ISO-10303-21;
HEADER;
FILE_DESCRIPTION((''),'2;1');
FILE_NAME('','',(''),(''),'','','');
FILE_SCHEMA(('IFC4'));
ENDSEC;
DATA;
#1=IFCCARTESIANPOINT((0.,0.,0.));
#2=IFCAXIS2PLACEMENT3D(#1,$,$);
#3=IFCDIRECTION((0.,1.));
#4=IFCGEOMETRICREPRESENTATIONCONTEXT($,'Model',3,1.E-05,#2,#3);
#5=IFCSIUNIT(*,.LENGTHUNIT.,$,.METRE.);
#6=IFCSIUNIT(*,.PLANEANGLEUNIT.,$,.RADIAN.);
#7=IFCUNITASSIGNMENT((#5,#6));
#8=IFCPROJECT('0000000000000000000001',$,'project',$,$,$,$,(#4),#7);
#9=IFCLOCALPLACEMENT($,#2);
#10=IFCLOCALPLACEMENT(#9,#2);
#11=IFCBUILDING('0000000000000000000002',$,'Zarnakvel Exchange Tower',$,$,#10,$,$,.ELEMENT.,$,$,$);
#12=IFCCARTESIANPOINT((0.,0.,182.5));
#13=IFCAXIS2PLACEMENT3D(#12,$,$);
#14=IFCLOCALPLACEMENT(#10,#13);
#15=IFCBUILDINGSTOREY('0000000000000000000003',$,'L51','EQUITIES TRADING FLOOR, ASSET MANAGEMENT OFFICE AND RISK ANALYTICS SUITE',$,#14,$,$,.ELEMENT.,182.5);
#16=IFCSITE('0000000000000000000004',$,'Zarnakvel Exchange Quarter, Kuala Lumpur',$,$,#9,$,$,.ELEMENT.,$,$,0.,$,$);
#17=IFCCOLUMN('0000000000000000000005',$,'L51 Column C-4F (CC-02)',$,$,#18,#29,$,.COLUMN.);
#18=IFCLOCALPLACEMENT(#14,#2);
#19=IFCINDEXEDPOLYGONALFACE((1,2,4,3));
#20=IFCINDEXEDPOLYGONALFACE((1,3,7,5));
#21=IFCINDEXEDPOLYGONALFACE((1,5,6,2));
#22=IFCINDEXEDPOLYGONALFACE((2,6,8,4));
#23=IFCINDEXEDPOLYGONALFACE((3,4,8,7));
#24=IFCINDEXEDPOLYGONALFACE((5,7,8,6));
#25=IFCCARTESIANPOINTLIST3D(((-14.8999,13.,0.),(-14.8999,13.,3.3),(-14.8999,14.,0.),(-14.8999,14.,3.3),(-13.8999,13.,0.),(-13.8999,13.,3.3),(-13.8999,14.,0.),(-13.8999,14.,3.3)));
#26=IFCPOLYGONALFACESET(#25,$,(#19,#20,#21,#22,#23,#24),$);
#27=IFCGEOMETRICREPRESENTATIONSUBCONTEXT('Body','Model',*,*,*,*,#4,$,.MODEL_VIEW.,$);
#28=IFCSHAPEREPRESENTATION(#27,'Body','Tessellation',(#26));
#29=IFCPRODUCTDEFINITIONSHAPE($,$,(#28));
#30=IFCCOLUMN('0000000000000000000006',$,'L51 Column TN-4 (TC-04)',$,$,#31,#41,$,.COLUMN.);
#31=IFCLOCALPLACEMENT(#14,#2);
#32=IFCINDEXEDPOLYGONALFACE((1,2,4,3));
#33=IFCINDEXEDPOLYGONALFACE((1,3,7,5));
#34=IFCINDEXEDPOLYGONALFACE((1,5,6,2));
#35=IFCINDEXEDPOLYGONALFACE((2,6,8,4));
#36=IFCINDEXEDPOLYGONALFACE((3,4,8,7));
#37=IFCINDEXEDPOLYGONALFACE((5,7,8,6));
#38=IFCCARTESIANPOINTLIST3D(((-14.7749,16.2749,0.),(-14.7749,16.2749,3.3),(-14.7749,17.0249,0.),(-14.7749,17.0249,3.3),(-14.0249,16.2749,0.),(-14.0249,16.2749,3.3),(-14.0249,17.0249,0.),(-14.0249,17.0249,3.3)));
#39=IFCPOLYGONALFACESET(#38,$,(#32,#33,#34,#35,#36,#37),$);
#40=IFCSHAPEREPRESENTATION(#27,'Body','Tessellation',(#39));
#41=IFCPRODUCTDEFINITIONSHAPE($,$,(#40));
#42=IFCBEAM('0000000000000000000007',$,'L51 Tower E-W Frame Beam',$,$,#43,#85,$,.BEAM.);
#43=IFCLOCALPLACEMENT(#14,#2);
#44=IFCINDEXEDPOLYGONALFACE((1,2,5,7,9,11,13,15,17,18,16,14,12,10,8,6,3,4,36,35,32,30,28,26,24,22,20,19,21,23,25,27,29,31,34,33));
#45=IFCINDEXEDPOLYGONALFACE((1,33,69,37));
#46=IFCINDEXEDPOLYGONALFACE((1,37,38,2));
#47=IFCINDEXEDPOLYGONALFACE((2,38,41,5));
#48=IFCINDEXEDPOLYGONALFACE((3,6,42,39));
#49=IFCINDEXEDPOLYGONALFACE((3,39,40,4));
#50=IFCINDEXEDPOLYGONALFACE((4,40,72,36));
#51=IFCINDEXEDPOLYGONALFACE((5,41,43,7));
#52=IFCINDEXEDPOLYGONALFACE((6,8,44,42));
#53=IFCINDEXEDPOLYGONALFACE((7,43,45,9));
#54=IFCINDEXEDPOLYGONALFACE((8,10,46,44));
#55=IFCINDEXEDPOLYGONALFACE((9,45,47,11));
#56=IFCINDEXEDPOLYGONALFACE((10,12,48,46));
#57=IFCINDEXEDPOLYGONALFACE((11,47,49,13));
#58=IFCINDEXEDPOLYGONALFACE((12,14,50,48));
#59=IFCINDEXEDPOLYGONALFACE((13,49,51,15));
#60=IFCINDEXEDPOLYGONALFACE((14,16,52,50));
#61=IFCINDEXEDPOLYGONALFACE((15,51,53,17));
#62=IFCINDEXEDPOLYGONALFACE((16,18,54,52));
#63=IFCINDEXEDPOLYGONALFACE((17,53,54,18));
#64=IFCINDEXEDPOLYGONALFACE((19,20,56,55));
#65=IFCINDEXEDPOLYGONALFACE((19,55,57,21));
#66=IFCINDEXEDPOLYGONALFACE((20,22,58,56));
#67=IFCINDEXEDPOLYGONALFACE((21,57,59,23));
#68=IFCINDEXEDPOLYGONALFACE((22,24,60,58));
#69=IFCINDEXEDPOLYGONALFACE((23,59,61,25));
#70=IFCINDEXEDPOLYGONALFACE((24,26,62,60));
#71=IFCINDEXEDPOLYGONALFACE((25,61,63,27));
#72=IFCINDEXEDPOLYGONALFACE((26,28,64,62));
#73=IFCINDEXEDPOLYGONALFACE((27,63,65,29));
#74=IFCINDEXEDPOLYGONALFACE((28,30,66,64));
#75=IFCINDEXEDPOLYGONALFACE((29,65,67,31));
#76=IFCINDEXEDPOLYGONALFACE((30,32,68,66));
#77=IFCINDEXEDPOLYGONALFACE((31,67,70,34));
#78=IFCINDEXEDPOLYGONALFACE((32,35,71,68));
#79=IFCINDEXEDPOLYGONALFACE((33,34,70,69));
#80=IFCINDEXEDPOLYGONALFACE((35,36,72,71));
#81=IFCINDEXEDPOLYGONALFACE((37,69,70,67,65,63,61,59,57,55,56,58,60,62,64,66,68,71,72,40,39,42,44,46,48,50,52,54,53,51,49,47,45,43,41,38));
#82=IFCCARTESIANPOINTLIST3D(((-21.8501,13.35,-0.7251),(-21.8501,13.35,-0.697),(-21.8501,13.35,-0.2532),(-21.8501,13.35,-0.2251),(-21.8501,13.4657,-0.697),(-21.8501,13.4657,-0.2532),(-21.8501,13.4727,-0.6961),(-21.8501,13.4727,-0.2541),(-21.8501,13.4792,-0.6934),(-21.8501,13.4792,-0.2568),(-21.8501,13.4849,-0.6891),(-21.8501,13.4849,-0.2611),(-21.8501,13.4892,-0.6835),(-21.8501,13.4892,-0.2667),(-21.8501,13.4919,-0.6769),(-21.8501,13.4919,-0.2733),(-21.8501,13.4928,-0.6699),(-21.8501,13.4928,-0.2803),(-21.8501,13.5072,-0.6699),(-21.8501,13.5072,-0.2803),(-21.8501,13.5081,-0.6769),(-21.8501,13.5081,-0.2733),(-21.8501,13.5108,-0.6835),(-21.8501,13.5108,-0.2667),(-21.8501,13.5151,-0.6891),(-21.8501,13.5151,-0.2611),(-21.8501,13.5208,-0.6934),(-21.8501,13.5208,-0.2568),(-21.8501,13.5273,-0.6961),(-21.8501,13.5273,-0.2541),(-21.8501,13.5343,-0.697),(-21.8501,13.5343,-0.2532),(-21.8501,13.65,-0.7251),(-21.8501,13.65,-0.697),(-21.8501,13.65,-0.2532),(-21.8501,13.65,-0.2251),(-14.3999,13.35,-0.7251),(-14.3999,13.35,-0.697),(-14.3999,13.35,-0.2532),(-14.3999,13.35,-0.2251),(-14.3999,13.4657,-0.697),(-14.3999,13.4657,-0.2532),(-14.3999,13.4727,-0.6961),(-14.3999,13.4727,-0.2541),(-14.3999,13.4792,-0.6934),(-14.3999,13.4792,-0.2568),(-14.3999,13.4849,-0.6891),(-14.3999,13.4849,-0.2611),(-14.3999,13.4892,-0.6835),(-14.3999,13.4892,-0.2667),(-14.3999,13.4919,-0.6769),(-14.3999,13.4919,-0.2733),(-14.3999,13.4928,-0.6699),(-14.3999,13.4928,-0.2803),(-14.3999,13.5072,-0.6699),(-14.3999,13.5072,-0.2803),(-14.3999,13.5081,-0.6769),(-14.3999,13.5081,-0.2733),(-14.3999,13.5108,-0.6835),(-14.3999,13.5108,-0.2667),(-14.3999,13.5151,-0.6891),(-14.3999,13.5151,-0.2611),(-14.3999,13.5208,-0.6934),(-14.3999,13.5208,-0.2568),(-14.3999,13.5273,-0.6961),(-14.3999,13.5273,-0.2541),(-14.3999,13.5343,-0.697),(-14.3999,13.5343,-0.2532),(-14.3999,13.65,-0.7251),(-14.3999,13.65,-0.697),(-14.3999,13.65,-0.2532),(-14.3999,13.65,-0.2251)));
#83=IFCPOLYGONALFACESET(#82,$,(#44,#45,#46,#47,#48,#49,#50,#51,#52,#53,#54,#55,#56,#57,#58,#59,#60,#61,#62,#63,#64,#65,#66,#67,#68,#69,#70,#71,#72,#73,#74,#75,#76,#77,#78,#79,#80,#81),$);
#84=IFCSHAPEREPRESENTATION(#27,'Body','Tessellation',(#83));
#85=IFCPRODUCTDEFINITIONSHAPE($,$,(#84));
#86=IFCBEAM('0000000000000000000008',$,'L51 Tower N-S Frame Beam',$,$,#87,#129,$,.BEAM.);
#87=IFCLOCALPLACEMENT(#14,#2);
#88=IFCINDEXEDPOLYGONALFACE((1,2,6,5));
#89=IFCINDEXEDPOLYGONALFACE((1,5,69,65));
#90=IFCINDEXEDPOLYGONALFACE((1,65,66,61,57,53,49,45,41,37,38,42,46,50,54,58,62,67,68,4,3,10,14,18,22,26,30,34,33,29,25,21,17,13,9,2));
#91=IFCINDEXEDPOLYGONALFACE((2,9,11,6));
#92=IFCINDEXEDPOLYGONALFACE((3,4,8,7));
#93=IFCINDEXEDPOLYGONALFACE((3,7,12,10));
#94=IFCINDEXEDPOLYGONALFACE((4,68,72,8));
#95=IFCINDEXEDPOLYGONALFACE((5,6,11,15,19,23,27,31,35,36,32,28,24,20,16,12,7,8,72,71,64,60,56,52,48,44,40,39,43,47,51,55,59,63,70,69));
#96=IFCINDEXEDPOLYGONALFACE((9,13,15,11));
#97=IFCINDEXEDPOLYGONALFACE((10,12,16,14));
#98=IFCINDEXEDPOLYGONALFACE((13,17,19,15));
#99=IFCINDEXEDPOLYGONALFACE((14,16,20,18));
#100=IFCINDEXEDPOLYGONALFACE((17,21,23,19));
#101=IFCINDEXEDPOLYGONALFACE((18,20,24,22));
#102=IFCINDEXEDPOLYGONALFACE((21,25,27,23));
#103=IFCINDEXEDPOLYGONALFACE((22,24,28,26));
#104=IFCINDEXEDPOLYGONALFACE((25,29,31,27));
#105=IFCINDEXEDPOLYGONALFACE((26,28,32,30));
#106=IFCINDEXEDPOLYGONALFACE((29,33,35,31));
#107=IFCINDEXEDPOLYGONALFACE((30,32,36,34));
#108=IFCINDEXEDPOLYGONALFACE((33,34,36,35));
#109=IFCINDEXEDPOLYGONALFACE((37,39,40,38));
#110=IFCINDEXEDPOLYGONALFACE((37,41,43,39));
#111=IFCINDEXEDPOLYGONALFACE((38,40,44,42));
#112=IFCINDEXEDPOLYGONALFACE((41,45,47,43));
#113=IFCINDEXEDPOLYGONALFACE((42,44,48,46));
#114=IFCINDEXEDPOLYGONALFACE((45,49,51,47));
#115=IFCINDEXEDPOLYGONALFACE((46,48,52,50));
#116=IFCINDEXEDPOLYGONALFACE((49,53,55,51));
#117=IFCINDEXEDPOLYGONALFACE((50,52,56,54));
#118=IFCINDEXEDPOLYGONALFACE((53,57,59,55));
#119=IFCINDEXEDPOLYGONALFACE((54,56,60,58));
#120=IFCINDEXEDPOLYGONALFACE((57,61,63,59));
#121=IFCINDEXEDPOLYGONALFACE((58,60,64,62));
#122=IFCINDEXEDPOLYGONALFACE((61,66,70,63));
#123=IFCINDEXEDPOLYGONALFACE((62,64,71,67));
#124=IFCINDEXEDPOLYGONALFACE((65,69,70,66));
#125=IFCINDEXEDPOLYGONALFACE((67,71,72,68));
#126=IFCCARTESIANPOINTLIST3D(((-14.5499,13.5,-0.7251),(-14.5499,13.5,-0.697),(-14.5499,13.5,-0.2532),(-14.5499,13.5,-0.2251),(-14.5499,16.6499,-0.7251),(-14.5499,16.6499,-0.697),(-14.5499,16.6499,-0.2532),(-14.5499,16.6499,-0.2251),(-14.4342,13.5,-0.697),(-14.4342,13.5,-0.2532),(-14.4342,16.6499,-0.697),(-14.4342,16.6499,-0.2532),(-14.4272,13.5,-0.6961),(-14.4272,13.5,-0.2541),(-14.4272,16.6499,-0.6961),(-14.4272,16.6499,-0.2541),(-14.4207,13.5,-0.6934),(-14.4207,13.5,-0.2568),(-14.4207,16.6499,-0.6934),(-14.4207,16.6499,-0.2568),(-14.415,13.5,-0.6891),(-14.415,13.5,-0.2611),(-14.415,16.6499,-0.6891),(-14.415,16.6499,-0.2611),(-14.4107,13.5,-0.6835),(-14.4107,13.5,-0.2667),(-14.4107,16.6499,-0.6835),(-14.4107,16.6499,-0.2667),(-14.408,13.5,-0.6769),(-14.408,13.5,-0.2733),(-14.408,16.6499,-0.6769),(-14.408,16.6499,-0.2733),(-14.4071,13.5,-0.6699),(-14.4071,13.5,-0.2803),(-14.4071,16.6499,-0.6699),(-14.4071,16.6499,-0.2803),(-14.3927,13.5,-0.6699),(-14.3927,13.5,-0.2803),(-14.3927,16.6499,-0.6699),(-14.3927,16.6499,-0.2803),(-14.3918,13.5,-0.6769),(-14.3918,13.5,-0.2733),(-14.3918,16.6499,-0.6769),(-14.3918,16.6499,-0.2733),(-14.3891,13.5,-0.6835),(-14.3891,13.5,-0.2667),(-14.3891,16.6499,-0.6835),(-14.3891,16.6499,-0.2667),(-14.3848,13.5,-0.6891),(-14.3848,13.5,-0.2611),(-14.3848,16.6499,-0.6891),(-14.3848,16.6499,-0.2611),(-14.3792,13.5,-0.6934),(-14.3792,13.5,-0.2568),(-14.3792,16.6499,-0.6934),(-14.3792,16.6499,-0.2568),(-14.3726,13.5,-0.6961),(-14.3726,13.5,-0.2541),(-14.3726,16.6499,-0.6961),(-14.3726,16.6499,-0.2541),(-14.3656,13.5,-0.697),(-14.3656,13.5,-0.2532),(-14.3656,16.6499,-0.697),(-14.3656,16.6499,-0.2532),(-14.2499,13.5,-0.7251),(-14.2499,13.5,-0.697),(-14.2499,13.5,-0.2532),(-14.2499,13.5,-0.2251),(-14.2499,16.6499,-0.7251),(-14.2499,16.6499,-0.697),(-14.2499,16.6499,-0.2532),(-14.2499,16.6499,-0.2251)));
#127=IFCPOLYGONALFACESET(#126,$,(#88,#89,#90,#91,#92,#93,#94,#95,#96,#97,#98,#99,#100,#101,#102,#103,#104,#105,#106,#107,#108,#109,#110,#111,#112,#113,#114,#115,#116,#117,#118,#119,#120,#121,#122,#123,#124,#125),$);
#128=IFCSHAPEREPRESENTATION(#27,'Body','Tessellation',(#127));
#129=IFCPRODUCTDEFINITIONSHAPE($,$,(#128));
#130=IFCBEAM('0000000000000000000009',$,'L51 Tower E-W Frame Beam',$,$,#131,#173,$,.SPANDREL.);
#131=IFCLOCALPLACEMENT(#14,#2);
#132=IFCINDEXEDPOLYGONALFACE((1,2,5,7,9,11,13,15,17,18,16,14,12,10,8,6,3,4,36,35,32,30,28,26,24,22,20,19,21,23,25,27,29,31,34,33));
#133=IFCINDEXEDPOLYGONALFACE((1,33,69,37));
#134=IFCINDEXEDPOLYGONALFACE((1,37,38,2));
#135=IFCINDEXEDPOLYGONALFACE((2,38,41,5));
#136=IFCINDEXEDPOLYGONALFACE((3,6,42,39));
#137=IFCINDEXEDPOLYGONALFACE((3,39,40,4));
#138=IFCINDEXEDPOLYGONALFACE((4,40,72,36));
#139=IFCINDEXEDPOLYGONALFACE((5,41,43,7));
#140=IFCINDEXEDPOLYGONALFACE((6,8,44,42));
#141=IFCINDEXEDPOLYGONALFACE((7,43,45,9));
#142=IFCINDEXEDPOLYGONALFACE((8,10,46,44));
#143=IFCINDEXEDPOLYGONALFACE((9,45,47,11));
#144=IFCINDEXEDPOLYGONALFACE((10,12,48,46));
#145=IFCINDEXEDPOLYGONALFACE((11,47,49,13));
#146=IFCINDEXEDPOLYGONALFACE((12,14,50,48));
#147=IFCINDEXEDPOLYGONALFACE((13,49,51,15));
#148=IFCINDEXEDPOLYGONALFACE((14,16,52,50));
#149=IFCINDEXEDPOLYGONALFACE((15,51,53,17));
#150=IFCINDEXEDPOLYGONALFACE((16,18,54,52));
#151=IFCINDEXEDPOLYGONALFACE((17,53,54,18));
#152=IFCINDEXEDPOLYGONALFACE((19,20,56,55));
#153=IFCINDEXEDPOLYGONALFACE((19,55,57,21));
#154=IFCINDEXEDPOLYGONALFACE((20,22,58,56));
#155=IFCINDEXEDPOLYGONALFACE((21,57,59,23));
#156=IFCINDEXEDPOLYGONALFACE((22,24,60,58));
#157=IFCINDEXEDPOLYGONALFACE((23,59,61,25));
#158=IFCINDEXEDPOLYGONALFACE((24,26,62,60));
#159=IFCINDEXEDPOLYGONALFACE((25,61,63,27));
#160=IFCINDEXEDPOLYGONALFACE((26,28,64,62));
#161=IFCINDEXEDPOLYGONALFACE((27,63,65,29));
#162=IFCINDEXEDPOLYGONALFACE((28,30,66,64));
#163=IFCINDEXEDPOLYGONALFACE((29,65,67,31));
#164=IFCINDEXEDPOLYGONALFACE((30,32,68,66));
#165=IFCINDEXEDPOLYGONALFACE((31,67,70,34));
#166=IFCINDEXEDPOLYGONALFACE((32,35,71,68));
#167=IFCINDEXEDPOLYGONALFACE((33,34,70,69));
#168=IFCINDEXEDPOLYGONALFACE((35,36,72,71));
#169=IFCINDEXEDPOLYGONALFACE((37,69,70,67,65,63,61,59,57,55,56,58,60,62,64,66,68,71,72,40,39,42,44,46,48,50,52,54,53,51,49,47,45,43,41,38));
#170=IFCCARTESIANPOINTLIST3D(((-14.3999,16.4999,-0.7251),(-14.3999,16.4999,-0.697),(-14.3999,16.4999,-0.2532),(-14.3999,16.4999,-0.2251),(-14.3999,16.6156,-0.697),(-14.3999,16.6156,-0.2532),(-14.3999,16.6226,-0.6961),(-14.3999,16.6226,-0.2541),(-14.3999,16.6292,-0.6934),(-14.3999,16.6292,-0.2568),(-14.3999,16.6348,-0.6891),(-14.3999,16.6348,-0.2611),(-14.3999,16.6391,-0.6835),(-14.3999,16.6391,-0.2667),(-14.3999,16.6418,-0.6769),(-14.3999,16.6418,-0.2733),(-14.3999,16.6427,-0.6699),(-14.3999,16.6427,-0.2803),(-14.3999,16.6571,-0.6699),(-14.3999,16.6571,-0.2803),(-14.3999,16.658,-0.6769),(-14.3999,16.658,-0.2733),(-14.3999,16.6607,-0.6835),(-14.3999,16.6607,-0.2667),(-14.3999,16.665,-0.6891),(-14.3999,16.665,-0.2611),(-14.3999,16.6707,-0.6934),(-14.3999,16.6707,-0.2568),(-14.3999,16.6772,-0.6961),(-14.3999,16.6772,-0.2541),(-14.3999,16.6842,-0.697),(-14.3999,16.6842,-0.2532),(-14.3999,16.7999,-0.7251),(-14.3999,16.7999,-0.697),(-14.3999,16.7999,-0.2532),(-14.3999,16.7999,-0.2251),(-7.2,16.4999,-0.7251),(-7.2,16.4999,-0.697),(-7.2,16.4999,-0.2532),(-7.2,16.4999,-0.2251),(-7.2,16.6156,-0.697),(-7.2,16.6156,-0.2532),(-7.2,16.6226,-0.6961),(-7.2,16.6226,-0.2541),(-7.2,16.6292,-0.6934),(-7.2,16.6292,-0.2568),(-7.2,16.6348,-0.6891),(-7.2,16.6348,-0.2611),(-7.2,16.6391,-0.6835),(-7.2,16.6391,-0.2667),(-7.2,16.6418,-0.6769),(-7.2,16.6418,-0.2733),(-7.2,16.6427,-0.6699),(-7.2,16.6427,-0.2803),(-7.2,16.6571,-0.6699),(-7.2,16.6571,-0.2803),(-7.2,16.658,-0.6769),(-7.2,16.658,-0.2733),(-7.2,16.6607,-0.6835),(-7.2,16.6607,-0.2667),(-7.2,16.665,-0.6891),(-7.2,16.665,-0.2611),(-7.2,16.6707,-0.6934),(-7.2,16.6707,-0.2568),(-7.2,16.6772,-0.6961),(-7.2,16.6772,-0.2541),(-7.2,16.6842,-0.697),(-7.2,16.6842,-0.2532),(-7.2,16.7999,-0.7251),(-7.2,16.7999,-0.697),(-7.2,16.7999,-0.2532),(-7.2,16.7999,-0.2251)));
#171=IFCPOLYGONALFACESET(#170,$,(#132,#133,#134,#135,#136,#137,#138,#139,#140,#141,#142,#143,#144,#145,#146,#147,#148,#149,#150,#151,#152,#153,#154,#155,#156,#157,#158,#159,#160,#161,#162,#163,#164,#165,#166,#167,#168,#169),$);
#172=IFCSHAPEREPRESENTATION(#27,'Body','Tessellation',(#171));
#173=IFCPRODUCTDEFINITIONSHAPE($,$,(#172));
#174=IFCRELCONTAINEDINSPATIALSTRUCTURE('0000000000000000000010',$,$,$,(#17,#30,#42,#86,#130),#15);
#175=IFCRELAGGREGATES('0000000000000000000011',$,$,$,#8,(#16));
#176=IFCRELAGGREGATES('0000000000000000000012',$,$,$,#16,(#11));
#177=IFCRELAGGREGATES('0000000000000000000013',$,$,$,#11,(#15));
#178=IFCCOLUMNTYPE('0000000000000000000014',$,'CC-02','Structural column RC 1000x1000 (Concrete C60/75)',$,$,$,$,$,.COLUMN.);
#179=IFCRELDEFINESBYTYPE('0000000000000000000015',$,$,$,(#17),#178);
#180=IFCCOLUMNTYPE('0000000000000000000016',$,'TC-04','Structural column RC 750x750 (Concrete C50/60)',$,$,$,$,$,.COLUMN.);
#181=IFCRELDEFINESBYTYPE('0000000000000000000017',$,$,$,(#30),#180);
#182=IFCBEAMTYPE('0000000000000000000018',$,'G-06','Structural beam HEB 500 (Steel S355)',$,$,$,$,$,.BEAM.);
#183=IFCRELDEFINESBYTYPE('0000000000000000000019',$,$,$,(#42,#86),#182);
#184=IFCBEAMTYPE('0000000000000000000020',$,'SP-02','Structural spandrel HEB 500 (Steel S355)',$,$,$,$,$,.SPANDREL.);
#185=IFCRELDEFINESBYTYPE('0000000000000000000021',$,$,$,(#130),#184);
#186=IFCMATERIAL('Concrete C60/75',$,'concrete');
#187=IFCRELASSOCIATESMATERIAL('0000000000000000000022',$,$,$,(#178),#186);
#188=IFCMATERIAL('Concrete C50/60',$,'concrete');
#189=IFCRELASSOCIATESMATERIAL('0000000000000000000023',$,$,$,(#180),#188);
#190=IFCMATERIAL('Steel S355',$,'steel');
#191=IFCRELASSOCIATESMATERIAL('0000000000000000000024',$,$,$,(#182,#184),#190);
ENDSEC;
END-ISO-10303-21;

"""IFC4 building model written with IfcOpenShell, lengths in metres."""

from ifc_helpers import new_model, si_unit, direction, frame, origin, origin_2d, place, context, subcontext, project, spatial, rectangle, i_section, extrude, material, material_profile, profile_set, type_object, element, save


model = new_model("IFC4")

# Units and contexts
model_context = context("Model", 3, precision=1e-05, world=origin(), true_north=direction((0.0, 1.0)))
body_context = subcontext(model_context, "Body", "Model", "MODEL_VIEW")
ifc_project = project(units=[si_unit("LENGTHUNIT", "METRE"), si_unit("PLANEANGLEUNIT", "RADIAN")], contexts=[model_context])

# Site, building, storey
site_placement = place(None, origin())
site = spatial("IfcSite", under=ifc_project, at=site_placement, Name="Zarnakvel Exchange Quarter, Kuala Lumpur", CompositionType="ELEMENT", RefElevation=0.0)
building_placement = place(site_placement, origin())
building = spatial("IfcBuilding", under=site, at=building_placement, Name="Zarnakvel Exchange Tower", CompositionType="ELEMENT")
storey_placement = place(building_placement, frame((0.0, 0.0, 182.5)))
storey = spatial("IfcBuildingStorey", under=building, at=storey_placement, Name="L51", Description="EQUITIES TRADING FLOOR, ASSET MANAGEMENT OFFICE AND RISK ANALYTICS SUITE", CompositionType="ELEMENT", Elevation=182.5)

# Columns
ifc_material_1 = material(Name="Concrete C60/75", Category="concrete")
ifc_material_profile_1 = material_profile(ifc_material_1, rectangle(XDim=1.0, YDim=1.0, at=origin_2d()))
ifc_profile_set_1 = profile_set([ifc_material_profile_1], Name="Concrete C60/75")
column_type_1 = type_object("IfcColumnType", Name="CC-02", Description="Structural column RC 1000x1000 (Concrete C60/75)", PredefinedType="COLUMN", material=ifc_profile_set_1)
column_1_placement = place(storey_placement, frame((-14.3999, 13.5, 0.0), z_axis=(0.0, 0.0, 1.0), x_axis=(1.0, 0.0, 0.0)))
element("IfcColumn", 1, at=column_1_placement, inside=storey, type_object=column_type_1, Name="L51 Column C-4F (CC-02)", PredefinedType="COLUMN", context=body_context, shape_type="SweptSolid", body=[
    extrude(rectangle(XDim=1.0, YDim=1.0, at=origin_2d()), origin(), (0.0, 0.0, 1.0), 3.3),
])
ifc_material_2 = material(Name="Concrete C50/60", Category="concrete")
ifc_material_profile_2 = material_profile(ifc_material_2, rectangle(XDim=0.75, YDim=0.75, at=origin_2d()))
ifc_profile_set_2 = profile_set([ifc_material_profile_2], Name="Concrete C50/60")
column_type_2 = type_object("IfcColumnType", Name="TC-04", Description="Structural column RC 750x750 (Concrete C50/60)", PredefinedType="COLUMN", material=ifc_profile_set_2)
column_2_placement = place(storey_placement, frame((-14.3999, 16.6499, 0.0), z_axis=(0.0, 0.0, 1.0), x_axis=(1.0, 0.0, 0.0)))
element("IfcColumn", 2, at=column_2_placement, inside=storey, type_object=column_type_2, Name="L51 Column TN-4 (TC-04)", PredefinedType="COLUMN", context=body_context, shape_type="SweptSolid", body=[
    extrude(rectangle(XDim=0.75, YDim=0.75, at=origin_2d()), origin(), (0.0, 0.0, 1.0), 3.3),
])

# Beams
ifc_material_3 = material(Name="Steel S355", Category="steel")
ifc_material_profile_3 = material_profile(ifc_material_3, i_section(OverallWidth=0.3, OverallDepth=0.5, WebThickness=0.0144, FlangeThickness=0.0281, FilletRadius=0.0271, at=origin_2d()))
ifc_profile_set_3 = profile_set([ifc_material_profile_3], Name="Steel S355")
beam_type_1 = type_object("IfcBeamType", Name="G-06", Description="Structural beam HEB 500 (Steel S355)", PredefinedType="BEAM", material=ifc_profile_set_3)
beam_1_placement = place(storey_placement, frame((-21.8501, 13.5, -0.4751), z_axis=(1.0, 0.0, 0.0), x_axis=(0.0, 1.0, 0.0)))
element("IfcBeam", 3, at=beam_1_placement, inside=storey, type_object=beam_type_1, Name="L51 Tower E-W Frame Beam", PredefinedType="BEAM", context=body_context, shape_type="SweptSolid", body=[
    extrude(i_section(OverallWidth=0.3, OverallDepth=0.5, WebThickness=0.0144, FlangeThickness=0.0281, FilletRadius=0.0271, at=origin_2d()), origin(), (0.0, 0.0, 1.0), 7.4502),
])
beam_2_placement = place(storey_placement, frame((-14.3999, 13.5, -0.4751), z_axis=(0.0, 1.0, 0.0), x_axis=(-1.0, 0.0, 0.0)))
element("IfcBeam", 4, at=beam_2_placement, inside=storey, type_object=beam_type_1, Name="L51 Tower N-S Frame Beam", PredefinedType="BEAM", context=body_context, shape_type="SweptSolid", body=[
    extrude(i_section(OverallWidth=0.3, OverallDepth=0.5, WebThickness=0.0144, FlangeThickness=0.0281, FilletRadius=0.0271, at=origin_2d()), origin(), (0.0, 0.0, 1.0), 3.1499),
])
ifc_material_profile_4 = material_profile(ifc_material_3, i_section(OverallWidth=0.3, OverallDepth=0.5, WebThickness=0.0144, FlangeThickness=0.0281, FilletRadius=0.0271, at=origin_2d()))
ifc_profile_set_4 = profile_set([ifc_material_profile_4], Name="Steel S355")
beam_type_2 = type_object("IfcBeamType", Name="SP-02", Description="Structural spandrel HEB 500 (Steel S355)", PredefinedType="SPANDREL", material=ifc_profile_set_4)
beam_3_placement = place(storey_placement, frame((-14.3999, 16.6499, -0.4751), z_axis=(1.0, 0.0, 0.0), x_axis=(0.0, 1.0, 0.0)))
element("IfcBeam", 5, at=beam_3_placement, inside=storey, type_object=beam_type_2, Name="L51 Tower E-W Frame Beam", PredefinedType="SPANDREL", context=body_context, shape_type="SweptSolid", body=[
    extrude(i_section(OverallWidth=0.3, OverallDepth=0.5, WebThickness=0.0144, FlangeThickness=0.0281, FilletRadius=0.0271, at=origin_2d()), origin(), (0.0, 0.0, 1.0), 7.2),
])

save(model, "model.ifc")
